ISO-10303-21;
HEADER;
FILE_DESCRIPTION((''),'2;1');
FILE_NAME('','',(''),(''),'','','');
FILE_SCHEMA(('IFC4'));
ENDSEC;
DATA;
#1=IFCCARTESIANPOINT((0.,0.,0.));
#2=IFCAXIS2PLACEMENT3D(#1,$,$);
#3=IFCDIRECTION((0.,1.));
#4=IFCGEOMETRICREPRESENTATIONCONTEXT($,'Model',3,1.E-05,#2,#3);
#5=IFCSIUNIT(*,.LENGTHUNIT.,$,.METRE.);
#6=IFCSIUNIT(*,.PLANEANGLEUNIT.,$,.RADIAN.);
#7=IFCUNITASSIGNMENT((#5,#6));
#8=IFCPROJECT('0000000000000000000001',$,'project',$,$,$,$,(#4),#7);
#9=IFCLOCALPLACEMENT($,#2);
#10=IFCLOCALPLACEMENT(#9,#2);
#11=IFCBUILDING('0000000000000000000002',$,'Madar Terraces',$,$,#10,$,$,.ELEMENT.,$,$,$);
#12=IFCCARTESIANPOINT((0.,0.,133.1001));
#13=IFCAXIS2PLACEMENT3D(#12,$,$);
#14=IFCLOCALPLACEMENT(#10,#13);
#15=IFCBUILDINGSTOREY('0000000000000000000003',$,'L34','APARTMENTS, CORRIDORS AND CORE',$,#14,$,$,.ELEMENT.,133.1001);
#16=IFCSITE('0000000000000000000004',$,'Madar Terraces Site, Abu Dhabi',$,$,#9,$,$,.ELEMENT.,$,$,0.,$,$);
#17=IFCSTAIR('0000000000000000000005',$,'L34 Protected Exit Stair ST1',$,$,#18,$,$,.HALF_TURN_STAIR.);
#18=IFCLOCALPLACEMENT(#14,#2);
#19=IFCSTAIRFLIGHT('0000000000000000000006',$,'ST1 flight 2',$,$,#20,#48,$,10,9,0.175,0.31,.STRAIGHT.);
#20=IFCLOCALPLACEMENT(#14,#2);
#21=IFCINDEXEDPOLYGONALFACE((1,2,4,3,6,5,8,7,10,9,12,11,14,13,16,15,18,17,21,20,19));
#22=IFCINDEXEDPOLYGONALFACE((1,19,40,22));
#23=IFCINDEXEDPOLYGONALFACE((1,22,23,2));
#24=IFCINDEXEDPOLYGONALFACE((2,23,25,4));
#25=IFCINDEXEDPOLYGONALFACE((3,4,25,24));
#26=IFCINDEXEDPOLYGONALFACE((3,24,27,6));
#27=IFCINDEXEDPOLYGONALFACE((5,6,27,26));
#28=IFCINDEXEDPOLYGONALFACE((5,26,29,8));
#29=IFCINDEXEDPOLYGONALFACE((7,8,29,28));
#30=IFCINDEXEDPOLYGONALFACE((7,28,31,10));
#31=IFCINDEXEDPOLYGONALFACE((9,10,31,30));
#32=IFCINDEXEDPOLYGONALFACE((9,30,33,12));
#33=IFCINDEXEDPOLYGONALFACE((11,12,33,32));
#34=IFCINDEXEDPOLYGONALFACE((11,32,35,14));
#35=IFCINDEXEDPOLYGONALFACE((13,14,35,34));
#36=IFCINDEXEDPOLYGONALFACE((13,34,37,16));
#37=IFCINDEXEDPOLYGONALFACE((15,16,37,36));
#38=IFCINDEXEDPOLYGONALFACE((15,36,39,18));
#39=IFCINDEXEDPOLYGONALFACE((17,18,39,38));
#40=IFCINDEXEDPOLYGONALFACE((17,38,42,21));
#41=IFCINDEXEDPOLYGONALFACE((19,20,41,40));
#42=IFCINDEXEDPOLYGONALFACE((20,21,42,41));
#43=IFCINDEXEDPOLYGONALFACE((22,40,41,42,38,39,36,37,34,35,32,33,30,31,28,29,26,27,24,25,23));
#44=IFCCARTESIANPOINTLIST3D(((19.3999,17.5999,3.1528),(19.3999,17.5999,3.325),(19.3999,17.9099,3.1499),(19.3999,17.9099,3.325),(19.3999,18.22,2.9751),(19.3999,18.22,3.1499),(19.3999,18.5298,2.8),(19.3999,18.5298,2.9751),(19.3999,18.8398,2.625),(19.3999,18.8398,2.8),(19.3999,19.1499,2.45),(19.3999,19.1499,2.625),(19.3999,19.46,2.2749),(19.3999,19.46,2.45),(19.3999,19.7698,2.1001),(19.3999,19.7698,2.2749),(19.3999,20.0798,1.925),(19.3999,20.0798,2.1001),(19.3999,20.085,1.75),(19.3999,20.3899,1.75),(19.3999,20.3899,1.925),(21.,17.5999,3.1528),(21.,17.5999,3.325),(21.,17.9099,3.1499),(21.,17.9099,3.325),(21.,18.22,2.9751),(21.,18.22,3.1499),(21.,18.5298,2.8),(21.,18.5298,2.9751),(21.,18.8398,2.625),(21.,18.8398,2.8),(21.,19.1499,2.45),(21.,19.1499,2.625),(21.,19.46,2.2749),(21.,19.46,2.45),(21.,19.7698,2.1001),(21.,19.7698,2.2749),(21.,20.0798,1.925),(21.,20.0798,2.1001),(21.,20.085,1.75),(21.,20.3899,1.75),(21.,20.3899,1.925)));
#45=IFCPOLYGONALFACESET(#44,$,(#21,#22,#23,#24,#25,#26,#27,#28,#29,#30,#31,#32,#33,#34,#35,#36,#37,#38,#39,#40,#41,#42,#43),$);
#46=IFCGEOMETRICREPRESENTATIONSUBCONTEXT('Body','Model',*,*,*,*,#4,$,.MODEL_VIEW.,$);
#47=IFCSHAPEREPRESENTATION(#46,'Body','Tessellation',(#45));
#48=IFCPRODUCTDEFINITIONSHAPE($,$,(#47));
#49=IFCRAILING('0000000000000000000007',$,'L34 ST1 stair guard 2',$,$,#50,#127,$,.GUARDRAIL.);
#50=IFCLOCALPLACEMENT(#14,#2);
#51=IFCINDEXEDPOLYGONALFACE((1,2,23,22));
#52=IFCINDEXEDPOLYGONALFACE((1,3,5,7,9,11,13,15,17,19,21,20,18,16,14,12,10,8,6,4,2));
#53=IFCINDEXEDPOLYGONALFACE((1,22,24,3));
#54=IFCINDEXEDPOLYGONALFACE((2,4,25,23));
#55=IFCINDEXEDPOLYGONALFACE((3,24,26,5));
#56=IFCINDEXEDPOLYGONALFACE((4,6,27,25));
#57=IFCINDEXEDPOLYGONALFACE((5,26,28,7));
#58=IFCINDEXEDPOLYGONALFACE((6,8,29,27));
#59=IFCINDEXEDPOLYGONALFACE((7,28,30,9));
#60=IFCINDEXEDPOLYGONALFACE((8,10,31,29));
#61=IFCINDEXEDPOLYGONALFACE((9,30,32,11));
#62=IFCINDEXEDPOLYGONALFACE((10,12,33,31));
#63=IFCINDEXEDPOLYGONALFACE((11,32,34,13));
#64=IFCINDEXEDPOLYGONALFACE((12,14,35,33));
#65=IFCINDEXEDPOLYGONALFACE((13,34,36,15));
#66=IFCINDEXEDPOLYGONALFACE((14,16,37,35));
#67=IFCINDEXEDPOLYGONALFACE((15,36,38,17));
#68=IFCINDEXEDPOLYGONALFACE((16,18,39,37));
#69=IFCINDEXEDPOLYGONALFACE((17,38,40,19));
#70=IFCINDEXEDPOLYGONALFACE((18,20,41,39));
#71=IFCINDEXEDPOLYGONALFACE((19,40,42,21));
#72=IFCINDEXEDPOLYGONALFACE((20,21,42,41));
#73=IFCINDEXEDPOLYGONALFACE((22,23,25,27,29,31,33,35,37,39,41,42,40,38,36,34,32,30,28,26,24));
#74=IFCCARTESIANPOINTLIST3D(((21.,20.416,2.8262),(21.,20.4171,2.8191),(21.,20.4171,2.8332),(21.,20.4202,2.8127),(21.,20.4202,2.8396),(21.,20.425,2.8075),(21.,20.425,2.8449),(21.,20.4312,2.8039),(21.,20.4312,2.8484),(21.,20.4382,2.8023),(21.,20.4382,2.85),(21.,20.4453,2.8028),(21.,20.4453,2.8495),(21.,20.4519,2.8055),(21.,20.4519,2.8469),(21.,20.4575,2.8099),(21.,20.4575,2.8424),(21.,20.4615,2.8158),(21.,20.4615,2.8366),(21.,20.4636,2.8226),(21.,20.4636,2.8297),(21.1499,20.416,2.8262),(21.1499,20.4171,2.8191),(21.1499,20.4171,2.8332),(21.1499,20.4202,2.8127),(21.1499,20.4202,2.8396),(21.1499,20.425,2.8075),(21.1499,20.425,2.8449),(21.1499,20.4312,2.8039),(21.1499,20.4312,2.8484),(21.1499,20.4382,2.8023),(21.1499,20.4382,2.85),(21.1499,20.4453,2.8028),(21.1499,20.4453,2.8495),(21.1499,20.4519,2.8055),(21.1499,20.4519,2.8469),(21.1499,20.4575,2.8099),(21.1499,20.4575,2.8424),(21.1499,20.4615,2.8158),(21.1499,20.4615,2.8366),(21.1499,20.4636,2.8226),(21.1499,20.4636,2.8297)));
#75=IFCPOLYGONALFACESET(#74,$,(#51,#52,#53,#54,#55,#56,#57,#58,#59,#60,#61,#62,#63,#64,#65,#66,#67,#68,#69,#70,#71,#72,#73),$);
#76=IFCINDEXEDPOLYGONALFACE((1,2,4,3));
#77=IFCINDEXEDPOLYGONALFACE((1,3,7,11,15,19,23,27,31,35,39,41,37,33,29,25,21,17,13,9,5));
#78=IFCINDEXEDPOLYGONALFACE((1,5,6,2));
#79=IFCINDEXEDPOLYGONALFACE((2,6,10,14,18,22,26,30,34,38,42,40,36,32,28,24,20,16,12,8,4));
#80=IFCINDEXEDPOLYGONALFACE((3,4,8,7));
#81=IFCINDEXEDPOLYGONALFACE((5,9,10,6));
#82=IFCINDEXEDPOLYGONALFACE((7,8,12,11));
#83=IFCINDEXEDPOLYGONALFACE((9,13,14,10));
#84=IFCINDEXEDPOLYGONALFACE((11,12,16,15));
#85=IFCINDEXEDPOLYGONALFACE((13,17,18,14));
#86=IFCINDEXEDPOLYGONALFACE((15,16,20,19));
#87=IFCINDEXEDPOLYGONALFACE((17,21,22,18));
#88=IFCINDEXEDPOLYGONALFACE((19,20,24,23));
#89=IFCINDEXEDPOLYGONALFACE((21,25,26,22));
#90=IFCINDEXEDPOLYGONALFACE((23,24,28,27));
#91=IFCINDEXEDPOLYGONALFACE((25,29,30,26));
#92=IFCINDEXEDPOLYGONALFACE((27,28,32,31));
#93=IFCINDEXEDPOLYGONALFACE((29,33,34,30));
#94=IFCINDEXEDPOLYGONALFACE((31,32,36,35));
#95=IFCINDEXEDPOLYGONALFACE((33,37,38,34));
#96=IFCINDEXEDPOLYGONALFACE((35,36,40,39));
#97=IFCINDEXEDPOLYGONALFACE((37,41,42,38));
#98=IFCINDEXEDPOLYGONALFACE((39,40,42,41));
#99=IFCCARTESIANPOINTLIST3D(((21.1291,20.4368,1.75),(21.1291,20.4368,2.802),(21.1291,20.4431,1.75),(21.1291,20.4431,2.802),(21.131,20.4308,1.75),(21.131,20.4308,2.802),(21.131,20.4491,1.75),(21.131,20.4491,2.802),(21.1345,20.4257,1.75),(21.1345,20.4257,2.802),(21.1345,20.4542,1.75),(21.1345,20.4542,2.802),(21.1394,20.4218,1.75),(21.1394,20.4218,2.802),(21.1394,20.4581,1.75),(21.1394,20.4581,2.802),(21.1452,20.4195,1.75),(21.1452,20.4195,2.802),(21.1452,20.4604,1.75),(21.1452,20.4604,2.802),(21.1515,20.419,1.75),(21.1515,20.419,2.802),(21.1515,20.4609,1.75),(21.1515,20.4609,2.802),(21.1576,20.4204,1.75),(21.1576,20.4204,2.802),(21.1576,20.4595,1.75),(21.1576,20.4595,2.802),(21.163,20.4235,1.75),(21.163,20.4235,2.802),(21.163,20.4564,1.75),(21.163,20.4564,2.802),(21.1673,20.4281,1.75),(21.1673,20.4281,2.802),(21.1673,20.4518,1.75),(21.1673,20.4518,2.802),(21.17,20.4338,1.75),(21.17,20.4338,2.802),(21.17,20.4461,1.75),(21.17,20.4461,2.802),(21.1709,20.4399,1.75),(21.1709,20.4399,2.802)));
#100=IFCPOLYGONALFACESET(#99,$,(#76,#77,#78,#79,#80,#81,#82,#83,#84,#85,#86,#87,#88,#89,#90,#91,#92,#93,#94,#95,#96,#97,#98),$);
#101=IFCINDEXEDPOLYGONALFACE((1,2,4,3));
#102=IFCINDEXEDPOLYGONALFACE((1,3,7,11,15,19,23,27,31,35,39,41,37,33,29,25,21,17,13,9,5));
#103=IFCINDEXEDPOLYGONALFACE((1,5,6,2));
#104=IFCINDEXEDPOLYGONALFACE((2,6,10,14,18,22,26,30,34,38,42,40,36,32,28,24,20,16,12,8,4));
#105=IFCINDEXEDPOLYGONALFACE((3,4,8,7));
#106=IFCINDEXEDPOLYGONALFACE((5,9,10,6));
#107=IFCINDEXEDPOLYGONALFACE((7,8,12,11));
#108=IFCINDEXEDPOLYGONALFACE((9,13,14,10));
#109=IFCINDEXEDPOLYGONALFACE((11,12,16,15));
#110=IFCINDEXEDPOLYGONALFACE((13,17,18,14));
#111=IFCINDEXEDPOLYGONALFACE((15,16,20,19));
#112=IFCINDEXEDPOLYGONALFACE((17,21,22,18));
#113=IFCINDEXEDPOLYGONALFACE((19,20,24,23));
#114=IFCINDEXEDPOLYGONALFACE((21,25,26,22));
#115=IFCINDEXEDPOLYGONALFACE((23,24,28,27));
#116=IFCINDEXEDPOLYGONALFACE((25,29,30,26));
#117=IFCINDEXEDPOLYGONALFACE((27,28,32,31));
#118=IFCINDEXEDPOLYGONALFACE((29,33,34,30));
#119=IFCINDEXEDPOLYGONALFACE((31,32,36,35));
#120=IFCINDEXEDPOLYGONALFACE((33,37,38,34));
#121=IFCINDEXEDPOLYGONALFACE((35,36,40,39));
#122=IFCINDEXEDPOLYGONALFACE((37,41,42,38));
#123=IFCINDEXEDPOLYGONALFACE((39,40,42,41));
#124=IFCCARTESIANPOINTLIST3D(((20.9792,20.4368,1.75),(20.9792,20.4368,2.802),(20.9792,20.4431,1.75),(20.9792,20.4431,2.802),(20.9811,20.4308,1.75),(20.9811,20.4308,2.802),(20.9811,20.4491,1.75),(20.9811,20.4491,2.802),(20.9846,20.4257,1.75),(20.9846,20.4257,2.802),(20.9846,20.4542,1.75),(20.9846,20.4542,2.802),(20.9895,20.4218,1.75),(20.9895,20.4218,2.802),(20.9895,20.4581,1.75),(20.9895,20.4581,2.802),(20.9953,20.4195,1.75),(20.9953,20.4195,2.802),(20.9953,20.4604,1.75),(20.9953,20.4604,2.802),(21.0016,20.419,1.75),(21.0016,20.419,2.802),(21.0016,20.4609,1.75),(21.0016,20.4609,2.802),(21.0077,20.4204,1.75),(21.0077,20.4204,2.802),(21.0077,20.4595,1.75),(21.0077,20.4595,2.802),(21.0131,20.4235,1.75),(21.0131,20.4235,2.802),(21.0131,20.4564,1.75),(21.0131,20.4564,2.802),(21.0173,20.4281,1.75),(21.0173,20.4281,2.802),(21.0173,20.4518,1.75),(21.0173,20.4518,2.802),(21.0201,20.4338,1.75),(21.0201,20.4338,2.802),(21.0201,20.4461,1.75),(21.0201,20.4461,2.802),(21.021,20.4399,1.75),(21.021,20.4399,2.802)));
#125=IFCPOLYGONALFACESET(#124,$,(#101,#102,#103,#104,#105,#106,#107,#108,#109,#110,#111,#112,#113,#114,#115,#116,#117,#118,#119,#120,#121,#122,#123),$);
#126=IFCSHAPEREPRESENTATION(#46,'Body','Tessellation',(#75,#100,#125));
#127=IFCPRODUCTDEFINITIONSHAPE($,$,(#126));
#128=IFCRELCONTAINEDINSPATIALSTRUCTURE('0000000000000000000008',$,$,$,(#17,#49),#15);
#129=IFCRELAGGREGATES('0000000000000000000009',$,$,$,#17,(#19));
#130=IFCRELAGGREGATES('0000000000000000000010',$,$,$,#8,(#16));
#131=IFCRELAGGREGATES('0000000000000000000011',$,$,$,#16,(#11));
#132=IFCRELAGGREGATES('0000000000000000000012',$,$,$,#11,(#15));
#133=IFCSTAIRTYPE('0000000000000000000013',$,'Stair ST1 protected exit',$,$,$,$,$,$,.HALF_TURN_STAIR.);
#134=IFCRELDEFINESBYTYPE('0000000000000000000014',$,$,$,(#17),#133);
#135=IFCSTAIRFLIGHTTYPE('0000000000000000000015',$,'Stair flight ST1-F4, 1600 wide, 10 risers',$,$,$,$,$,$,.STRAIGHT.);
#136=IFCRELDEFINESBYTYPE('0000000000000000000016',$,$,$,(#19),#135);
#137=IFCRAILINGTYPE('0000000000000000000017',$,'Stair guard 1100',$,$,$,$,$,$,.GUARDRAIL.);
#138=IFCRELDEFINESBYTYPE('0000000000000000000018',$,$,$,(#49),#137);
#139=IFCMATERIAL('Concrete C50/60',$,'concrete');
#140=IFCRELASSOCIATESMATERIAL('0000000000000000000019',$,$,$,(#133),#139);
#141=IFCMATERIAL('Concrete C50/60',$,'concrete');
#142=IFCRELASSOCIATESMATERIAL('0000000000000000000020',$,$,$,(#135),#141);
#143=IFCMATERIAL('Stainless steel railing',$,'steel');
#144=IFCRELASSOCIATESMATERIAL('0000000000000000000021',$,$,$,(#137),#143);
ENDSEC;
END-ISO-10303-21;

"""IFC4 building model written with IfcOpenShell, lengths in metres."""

from ifc_helpers import new_model, si_unit, direction, frame, origin, origin_2d, place, context, subcontext, project, spatial, polyline, circle, outline, extrude, material, type_object, element, aggregate, save


model = new_model("IFC4")

# Units and contexts
model_context = context("Model", 3, precision=1e-05, world=origin(), true_north=direction((0.0, 1.0)))
body_context = subcontext(model_context, "Body", "Model", "MODEL_VIEW")
ifc_project = project(units=[si_unit("LENGTHUNIT", "METRE"), si_unit("PLANEANGLEUNIT", "RADIAN")], contexts=[model_context])

# Site, building, storey
site_placement = place(None, origin())
site = spatial("IfcSite", under=ifc_project, at=site_placement, Name="Madar Terraces Site, Abu Dhabi", CompositionType="ELEMENT", RefElevation=0.0)
building_placement = place(site_placement, origin())
building = spatial("IfcBuilding", under=site, at=building_placement, Name="Madar Terraces", CompositionType="ELEMENT")
storey_placement = place(building_placement, frame((0.0, 0.0, 133.1001)))
storey = spatial("IfcBuildingStorey", under=building, at=storey_placement, Name="L34", Description="APARTMENTS, CORRIDORS AND CORE", CompositionType="ELEMENT", Elevation=133.1001)

# Stair, stair flight
ifc_material_1 = material(Name="Concrete C50/60", Category="concrete")
stair_type = type_object("IfcStairType", Name="Stair ST1 protected exit", PredefinedType="HALF_TURN_STAIR", material=ifc_material_1)
stair_placement = place(storey_placement, origin())
stair = element("IfcStair", 1, at=stair_placement, inside=storey, type_object=stair_type, Name="L34 Protected Exit Stair ST1", PredefinedType="HALF_TURN_STAIR")
ifc_material_2 = material(Name="Concrete C50/60", Category="concrete")
stair_flight_type = type_object("IfcStairFlightType", Name="Stair flight ST1-F4, 1600 wide, 10 risers", PredefinedType="STRAIGHT", material=ifc_material_2)
stair_flight_placement = place(storey_placement, frame((20.2, 20.3899, 1.75), z_axis=(0.0, 0.0, 1.0), x_axis=(0.0, -1.0, 0.0)))
stair_flight = element("IfcStairFlight", 2, at=stair_flight_placement, type_object=stair_flight_type, Name="ST1 flight 2", NumberOfRisers=10, NumberOfTreads=9, PredefinedType="STRAIGHT", RiserHeight=0.175, TreadLength=0.31, context=body_context, shape_type="SweptSolid", body=[
    extrude(outline(polyline([(0.0, 0.0), (0.0, 0.175), (0.3101, 0.175), (0.3101, 0.3501), (0.6201, 0.3501), (0.6201, 0.5249), (0.9299, 0.5249), (0.9299, 0.7), (1.24, 0.7), (1.24, 0.875), (1.55, 0.875), (1.55, 1.05), (1.8601, 1.05), (1.8601, 1.2251), (2.1699, 1.2251), (2.1699, 1.3999), (2.48, 1.3999), (2.48, 1.575), (2.79, 1.575), (2.79, 1.75), (2.79, 1.4028), (0.3049, 0.0), (0.0, 0.0)])), frame((0.0, 0.8, 0.0), z_axis=(0.0, -1.0, 0.0), x_axis=(1.0, 0.0, 0.0)), (0.0, 0.0, 1.0), 1.6001),
])
aggregate(stair, [stair_flight])

# Railing
ifc_material_3 = material(Name="Stainless steel railing", Category="steel")
railing_type_1 = type_object("IfcRailingType", Name="Stair guard 1100", PredefinedType="GUARDRAIL", material=ifc_material_3)
railing_1_placement = place(storey_placement, frame((21.1499, 20.4399, 1.75)))
element("IfcRailing", 3, at=railing_1_placement, inside=storey, type_object=railing_type_1, Name="L34 ST1 stair guard 2", PredefinedType="GUARDRAIL", context=body_context, shape_type="SweptSolid", body=[
    extrude(circle(Radius=0.0239, at=origin_2d()), frame((0.0, 0.0, 1.0762), z_axis=(-1.0, 0.0, 0.0), x_axis=(0.0, -1.0, 0.0)), (0.0, 0.0, 1.0), 0.1499),
    extrude(circle(Radius=0.021, at=origin_2d()), origin(), (0.0, 0.0, 1.0), 1.052),
    extrude(circle(Radius=0.021, at=origin_2d()), frame((-0.1499, 0.0, 0.0)), (0.0, 0.0, 1.0), 1.052),
])

save(model, "model.ifc")
